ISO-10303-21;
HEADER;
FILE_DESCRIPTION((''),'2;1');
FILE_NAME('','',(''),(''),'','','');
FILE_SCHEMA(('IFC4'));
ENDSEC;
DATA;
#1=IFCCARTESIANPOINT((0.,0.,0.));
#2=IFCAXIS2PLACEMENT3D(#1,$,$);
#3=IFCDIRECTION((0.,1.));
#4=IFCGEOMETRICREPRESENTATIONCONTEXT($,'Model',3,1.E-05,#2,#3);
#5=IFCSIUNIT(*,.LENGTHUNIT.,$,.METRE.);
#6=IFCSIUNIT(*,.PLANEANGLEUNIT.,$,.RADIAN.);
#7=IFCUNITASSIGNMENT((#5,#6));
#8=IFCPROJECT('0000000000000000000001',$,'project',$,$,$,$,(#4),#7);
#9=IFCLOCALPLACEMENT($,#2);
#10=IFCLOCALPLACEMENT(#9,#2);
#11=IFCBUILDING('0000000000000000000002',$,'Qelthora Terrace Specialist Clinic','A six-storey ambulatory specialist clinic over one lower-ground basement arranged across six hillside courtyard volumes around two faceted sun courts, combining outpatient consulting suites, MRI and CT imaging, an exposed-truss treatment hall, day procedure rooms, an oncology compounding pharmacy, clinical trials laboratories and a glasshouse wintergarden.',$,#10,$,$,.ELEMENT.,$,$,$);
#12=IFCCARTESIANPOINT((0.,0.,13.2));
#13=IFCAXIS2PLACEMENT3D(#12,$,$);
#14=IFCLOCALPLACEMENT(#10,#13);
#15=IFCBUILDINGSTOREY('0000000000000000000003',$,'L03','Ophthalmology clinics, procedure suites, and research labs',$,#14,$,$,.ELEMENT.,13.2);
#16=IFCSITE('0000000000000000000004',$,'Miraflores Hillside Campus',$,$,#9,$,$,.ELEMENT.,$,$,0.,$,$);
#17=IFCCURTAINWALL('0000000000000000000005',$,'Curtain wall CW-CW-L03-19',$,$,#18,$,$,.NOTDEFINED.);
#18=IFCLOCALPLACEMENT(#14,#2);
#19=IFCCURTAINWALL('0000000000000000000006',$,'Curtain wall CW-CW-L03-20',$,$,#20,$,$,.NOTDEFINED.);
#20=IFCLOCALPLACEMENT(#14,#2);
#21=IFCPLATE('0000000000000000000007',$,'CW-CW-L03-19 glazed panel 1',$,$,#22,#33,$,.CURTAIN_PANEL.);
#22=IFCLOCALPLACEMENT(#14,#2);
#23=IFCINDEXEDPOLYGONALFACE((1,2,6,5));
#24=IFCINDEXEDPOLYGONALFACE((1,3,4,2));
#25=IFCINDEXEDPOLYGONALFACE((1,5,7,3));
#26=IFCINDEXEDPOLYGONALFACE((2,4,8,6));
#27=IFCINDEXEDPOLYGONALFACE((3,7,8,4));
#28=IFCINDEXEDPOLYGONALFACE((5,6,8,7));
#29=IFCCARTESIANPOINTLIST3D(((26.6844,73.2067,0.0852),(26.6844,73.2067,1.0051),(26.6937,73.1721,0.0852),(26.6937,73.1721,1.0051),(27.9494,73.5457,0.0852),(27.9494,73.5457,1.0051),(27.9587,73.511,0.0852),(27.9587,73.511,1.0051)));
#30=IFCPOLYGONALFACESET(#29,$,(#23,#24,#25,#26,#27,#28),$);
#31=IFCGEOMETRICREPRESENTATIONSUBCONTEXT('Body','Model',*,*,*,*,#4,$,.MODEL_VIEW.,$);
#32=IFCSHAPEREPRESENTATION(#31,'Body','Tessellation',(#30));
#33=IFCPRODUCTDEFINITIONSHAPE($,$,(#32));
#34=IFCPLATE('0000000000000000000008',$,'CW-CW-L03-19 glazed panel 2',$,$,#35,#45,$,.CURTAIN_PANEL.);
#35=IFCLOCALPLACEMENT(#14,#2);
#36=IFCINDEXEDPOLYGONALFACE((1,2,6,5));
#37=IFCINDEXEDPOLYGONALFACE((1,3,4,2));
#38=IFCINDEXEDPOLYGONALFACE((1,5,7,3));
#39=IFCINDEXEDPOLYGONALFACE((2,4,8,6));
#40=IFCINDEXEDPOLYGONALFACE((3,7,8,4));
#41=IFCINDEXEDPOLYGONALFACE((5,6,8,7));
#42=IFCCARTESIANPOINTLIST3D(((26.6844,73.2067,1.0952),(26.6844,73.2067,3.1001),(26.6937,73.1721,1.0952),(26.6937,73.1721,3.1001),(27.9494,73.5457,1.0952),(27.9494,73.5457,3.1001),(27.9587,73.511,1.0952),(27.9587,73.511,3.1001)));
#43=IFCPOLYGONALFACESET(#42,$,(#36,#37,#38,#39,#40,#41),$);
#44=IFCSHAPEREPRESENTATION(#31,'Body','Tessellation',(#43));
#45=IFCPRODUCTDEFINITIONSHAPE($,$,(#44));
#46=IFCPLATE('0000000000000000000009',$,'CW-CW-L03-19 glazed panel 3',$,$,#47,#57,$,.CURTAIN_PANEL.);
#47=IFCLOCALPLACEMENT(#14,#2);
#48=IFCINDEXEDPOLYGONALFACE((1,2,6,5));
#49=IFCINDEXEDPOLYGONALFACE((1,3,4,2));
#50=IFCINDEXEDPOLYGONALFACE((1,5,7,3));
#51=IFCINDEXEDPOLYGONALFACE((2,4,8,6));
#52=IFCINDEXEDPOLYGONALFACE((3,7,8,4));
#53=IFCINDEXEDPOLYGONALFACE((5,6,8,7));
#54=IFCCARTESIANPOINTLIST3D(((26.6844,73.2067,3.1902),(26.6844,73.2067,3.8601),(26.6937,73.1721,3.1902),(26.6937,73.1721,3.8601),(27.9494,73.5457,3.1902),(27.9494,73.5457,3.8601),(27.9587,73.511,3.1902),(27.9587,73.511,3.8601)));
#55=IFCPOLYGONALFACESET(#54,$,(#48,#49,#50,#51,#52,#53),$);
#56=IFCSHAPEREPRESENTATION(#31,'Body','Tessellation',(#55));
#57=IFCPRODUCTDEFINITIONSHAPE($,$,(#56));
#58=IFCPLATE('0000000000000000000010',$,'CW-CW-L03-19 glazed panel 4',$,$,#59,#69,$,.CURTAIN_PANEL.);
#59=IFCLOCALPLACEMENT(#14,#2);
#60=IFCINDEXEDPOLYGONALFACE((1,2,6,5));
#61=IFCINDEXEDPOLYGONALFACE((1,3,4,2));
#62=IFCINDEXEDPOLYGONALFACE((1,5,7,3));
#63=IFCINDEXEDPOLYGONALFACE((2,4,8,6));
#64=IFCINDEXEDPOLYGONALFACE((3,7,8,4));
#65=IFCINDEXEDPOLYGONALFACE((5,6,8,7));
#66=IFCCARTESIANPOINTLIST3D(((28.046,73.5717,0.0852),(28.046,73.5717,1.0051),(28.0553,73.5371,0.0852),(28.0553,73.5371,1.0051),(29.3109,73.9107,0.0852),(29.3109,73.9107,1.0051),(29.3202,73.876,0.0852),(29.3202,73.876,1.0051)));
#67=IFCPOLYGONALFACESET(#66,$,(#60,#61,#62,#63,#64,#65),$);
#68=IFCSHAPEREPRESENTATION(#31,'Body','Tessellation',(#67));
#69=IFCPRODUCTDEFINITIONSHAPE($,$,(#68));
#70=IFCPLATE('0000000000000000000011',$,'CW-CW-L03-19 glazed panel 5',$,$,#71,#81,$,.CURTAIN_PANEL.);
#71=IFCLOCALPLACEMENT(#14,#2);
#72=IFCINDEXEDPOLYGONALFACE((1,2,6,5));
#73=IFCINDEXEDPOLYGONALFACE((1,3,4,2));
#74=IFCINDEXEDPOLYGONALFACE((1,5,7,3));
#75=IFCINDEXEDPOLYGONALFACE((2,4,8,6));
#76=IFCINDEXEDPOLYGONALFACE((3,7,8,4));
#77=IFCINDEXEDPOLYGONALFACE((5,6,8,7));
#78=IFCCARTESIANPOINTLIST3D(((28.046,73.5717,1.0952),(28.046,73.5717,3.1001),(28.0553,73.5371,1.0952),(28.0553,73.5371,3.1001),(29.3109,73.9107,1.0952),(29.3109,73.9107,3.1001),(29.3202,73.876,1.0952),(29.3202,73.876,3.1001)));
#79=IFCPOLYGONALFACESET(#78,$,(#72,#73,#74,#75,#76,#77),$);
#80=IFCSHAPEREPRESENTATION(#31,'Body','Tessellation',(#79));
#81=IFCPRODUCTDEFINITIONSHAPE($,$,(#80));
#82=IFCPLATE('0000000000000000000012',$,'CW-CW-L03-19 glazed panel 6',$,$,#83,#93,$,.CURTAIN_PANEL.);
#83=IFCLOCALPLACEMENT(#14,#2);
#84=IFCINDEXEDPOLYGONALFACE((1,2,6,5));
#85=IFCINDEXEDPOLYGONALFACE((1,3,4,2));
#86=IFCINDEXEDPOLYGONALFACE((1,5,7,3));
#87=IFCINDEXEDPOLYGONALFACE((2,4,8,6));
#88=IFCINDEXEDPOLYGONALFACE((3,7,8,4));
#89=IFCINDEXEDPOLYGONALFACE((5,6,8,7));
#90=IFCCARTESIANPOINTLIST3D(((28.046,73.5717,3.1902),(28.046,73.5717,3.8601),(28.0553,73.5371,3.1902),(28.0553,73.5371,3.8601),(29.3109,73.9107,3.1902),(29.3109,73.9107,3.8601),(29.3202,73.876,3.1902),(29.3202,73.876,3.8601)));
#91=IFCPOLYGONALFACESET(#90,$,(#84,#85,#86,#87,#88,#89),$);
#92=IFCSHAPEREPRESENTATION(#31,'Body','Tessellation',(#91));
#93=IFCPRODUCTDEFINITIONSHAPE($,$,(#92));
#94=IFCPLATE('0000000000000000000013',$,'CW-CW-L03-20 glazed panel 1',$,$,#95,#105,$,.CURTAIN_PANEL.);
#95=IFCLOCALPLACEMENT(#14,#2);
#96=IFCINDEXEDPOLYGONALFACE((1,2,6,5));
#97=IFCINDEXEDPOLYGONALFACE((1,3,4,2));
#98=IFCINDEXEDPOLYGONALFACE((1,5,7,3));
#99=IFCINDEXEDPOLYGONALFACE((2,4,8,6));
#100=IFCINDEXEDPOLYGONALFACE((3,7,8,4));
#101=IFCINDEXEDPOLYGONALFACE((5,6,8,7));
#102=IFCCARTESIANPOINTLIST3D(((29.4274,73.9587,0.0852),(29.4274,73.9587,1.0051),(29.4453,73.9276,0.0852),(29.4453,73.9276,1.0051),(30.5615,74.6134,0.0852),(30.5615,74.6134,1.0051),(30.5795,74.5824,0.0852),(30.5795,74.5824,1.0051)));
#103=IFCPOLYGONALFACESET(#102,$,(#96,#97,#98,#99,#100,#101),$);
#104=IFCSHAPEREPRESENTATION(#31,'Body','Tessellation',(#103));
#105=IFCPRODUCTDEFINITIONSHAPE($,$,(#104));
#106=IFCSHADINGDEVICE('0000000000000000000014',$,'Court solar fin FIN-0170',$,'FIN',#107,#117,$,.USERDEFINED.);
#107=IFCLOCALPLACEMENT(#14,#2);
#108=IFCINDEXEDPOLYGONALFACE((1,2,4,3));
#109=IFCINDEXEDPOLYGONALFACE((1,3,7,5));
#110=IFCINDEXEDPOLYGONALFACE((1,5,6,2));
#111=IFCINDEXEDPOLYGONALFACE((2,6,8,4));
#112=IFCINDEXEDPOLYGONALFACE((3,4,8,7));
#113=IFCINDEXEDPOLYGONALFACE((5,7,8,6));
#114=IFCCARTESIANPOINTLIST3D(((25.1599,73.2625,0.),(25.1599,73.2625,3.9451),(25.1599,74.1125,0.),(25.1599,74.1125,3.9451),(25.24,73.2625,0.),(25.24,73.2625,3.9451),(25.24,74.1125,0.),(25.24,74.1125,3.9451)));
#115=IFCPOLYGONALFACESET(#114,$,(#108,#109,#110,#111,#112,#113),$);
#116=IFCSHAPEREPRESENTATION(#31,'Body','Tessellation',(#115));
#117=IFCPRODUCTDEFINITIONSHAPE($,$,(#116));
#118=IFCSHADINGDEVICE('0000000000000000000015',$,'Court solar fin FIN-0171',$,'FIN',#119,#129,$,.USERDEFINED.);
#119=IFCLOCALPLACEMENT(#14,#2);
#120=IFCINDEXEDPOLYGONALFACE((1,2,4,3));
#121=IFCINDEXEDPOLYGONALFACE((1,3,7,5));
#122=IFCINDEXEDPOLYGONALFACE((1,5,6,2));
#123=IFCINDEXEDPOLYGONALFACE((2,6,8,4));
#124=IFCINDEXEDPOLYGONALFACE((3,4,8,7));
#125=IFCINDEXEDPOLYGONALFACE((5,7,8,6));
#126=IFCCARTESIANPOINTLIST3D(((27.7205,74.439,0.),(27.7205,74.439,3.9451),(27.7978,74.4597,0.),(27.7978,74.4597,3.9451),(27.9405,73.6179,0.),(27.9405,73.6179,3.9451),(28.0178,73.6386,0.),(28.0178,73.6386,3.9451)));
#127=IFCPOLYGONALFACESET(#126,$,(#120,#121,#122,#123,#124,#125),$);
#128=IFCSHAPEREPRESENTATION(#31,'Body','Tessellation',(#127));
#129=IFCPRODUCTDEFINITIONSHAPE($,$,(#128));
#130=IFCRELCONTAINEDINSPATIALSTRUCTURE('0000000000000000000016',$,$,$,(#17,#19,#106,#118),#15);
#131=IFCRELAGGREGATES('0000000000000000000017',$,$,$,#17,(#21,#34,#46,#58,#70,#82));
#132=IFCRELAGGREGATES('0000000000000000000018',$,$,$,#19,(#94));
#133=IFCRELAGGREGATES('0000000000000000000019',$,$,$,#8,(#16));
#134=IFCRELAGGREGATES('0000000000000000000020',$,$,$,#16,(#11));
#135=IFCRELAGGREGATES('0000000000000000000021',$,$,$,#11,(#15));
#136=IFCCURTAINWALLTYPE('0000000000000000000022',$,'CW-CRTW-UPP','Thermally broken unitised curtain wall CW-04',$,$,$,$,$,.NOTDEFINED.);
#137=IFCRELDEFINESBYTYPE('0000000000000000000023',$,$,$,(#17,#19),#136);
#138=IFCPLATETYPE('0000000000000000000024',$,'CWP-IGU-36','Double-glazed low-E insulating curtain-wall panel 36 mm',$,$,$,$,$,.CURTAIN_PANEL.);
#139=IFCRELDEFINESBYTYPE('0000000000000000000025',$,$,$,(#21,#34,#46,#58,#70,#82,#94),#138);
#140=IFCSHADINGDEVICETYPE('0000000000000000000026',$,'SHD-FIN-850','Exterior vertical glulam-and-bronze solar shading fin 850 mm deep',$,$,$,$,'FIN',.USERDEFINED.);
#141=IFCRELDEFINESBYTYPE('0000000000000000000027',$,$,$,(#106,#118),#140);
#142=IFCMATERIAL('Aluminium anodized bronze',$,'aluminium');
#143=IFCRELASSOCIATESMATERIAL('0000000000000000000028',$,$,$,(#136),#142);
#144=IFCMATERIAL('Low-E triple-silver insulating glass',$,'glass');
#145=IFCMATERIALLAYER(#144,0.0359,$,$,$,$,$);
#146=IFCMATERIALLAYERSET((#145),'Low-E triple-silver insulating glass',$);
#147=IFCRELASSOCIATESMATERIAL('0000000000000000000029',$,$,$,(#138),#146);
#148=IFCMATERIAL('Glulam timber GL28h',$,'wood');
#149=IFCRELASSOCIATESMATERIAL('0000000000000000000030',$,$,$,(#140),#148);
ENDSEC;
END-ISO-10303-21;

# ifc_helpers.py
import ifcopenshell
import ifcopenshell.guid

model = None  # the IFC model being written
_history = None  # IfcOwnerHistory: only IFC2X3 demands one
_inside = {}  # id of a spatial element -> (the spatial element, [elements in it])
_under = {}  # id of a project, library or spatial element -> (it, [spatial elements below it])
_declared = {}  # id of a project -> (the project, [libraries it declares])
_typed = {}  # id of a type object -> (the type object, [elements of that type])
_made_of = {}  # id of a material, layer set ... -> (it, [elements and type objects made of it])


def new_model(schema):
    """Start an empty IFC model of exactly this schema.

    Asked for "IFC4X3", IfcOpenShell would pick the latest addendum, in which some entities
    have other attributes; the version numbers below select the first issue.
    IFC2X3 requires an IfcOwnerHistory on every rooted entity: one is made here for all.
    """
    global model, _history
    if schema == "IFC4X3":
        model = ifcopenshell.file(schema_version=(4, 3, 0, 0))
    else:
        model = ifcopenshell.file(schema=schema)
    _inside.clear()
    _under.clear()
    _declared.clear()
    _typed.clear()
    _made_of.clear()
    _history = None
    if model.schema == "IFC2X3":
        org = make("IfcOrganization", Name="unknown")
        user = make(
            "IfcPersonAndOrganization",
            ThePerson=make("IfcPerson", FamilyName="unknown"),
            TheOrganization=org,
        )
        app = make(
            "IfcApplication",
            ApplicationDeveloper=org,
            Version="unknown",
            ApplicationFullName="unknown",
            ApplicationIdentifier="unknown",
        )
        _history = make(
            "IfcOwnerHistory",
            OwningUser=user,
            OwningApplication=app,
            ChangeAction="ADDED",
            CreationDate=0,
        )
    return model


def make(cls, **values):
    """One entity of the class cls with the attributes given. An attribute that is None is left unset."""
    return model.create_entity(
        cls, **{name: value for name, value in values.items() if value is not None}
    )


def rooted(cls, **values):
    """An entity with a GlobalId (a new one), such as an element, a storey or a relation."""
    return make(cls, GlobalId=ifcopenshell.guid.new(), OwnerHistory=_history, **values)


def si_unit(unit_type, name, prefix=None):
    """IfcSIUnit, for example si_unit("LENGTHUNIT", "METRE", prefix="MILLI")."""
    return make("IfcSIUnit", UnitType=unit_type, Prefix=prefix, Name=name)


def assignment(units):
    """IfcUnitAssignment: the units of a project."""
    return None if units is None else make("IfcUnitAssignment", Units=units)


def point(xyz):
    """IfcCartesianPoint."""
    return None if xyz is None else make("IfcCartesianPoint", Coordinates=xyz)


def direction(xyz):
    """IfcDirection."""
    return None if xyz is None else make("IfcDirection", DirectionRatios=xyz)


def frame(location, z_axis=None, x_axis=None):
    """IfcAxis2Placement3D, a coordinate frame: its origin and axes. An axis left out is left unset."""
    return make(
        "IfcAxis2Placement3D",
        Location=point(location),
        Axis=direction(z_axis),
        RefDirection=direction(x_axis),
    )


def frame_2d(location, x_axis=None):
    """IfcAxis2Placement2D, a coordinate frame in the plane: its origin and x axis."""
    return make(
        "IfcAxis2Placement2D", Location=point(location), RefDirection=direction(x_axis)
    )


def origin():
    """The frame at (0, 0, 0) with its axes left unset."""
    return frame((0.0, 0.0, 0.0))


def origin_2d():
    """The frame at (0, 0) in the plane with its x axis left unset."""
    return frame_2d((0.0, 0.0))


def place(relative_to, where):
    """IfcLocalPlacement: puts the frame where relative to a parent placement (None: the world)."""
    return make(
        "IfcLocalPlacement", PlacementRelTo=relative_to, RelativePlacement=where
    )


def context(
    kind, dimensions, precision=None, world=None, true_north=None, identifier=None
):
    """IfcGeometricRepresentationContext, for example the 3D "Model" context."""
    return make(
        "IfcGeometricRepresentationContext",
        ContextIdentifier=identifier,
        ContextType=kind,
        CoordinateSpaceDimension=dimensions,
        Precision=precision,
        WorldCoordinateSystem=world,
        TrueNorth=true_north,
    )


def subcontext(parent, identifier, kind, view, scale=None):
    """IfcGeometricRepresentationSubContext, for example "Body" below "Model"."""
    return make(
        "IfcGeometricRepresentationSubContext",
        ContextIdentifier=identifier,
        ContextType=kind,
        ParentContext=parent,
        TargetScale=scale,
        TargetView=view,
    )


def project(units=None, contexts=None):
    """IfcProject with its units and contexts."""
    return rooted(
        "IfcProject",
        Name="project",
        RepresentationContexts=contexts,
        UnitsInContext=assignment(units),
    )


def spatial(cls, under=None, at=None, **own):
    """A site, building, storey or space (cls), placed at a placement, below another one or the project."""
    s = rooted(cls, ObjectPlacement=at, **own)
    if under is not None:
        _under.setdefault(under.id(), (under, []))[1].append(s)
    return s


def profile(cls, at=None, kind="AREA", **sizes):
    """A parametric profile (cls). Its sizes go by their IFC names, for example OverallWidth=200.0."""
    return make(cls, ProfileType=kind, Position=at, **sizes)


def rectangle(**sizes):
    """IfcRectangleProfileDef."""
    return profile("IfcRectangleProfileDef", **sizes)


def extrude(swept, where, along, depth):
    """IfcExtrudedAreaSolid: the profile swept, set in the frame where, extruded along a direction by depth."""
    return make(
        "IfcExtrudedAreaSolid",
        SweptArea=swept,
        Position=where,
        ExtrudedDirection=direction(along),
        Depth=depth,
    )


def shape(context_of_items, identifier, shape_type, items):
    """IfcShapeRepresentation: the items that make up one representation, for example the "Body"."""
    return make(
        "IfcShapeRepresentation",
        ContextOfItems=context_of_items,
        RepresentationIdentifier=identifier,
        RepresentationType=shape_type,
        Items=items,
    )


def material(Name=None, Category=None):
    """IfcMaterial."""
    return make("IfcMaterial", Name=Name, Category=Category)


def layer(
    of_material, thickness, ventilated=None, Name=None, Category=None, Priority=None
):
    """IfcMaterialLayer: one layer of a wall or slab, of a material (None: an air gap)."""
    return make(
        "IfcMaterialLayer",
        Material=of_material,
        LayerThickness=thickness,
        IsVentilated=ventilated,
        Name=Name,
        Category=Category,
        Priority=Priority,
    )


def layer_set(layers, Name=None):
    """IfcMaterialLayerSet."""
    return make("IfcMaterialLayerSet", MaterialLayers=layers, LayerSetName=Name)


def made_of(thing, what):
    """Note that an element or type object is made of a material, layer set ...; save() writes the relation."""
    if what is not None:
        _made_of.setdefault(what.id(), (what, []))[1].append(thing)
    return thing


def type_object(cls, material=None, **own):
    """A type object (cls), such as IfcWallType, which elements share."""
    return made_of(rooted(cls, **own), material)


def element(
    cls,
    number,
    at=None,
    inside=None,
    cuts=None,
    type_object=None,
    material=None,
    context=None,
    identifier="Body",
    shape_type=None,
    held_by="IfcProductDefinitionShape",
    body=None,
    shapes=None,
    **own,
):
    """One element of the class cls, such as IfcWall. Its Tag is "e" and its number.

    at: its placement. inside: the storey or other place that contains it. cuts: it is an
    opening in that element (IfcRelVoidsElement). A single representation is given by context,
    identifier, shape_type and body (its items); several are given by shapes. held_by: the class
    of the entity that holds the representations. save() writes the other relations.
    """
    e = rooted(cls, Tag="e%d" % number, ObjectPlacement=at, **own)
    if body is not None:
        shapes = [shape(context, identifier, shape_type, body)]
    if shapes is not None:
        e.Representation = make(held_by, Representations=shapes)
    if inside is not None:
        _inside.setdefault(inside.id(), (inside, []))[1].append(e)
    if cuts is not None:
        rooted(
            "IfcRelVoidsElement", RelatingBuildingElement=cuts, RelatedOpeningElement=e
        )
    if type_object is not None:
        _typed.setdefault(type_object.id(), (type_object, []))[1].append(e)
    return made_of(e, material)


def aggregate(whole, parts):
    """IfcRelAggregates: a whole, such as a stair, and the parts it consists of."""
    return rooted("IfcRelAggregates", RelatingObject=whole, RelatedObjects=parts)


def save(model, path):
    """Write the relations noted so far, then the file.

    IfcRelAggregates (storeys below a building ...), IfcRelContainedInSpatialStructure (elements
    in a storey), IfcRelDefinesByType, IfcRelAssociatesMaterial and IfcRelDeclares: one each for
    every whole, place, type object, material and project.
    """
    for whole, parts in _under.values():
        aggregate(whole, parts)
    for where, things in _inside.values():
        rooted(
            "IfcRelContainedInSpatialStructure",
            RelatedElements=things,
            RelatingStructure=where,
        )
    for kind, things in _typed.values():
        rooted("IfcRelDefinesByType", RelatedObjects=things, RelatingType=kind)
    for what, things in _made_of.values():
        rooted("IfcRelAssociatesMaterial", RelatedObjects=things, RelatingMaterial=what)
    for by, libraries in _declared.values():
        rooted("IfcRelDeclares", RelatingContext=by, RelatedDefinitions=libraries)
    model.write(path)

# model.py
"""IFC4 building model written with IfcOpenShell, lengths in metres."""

from ifc_helpers import new_model, si_unit, direction, frame, origin, origin_2d, place, context, subcontext, project, spatial, rectangle, extrude, material, layer, layer_set, type_object, element, aggregate, save


model = new_model("IFC4")

# Units and contexts
model_context = context("Model", 3, precision=1e-05, world=origin(), true_north=direction((0.0, 1.0)))
body_context = subcontext(model_context, "Body", "Model", "MODEL_VIEW")
ifc_project = project(units=[si_unit("LENGTHUNIT", "METRE"), si_unit("PLANEANGLEUNIT", "RADIAN")], contexts=[model_context])

# Site, building, storey
site_placement = place(None, origin())
site = spatial("IfcSite", under=ifc_project, at=site_placement, Name="Miraflores Hillside Campus", CompositionType="ELEMENT", RefElevation=0.0)
building_placement = place(site_placement, origin())
building = spatial("IfcBuilding", under=site, at=building_placement, Name="Qelthora Terrace Specialist Clinic", Description="A six-storey ambulatory specialist clinic over one lower-ground basement arranged across six hillside courtyard volumes around two faceted sun courts, combining outpatient consulting suites, MRI and CT imaging, an exposed-truss treatment hall, day procedure rooms, an oncology compounding pharmacy, clinical trials laboratories and a glasshouse wintergarden.", CompositionType="ELEMENT")
storey_placement = place(building_placement, frame((0.0, 0.0, 13.2)))
storey = spatial("IfcBuildingStorey", under=building, at=storey_placement, Name="L03", Description="Ophthalmology clinics, procedure suites, and research labs", CompositionType="ELEMENT", Elevation=13.2)

# Curtain wall
ifc_material_1 = material(Name="Aluminium anodized bronze", Category="aluminium")
curtain_wall_type = type_object("IfcCurtainWallType", Name="CW-CRTW-UPP", Description="Thermally broken unitised curtain wall CW-04", PredefinedType="NOTDEFINED", material=ifc_material_1)
curtain_wall_1_placement = place(storey_placement, origin())
curtain_wall_1 = element("IfcCurtainWall", 1, at=curtain_wall_1_placement, inside=storey, type_object=curtain_wall_type, Name="Curtain wall CW-CW-L03-19", PredefinedType="NOTDEFINED")

# Curtain wall
curtain_wall_2_placement = place(storey_placement, origin())
curtain_wall_2 = element("IfcCurtainWall", 2, at=curtain_wall_2_placement, inside=storey, type_object=curtain_wall_type, Name="Curtain wall CW-CW-L03-20", PredefinedType="NOTDEFINED")

# Shared definitions
ifc_material_2 = material(Name="Low-E triple-silver insulating glass", Category="glass")
ifc_layer = layer(ifc_material_2, 0.0359)
ifc_layer_set = layer_set([ifc_layer], Name="Low-E triple-silver insulating glass")
plate_type = type_object("IfcPlateType", Name="CWP-IGU-36", Description="Double-glazed low-E insulating curtain-wall panel 36 mm", PredefinedType="CURTAIN_PANEL", material=ifc_layer_set)

# Plates
plate_1_placement = place(storey_placement, frame((27.3215, 73.3589, 0.0852), z_axis=(0.0, 0.0, 1.0), x_axis=(0.965925, 0.258821, 0.0)))
plate_1 = element("IfcPlate", 3, at=plate_1_placement, type_object=plate_type, Name="CW-CW-L03-19 glazed panel 1", PredefinedType="CURTAIN_PANEL", context=body_context, shape_type="SweptSolid", body=[
    extrude(rectangle(XDim=1.3096, YDim=0.0359, at=origin_2d()), origin(), (0.0, 0.0, 1.0), 0.9199),
])
plate_2_placement = place(storey_placement, frame((27.3215, 73.3589, 1.0952), z_axis=(0.0, 0.0, 1.0), x_axis=(0.965925, 0.258821, 0.0)))
plate_2 = element("IfcPlate", 4, at=plate_2_placement, type_object=plate_type, Name="CW-CW-L03-19 glazed panel 2", PredefinedType="CURTAIN_PANEL", context=body_context, shape_type="SweptSolid", body=[
    extrude(rectangle(XDim=1.3096, YDim=0.0359, at=origin_2d()), origin(), (0.0, 0.0, 1.0), 2.0049),
])
plate_3_placement = place(storey_placement, frame((27.3215, 73.3589, 3.1902), z_axis=(0.0, 0.0, 1.0), x_axis=(0.965925, 0.258821, 0.0)))
plate_3 = element("IfcPlate", 5, at=plate_3_placement, type_object=plate_type, Name="CW-CW-L03-19 glazed panel 3", PredefinedType="CURTAIN_PANEL", context=body_context, shape_type="SweptSolid", body=[
    extrude(rectangle(XDim=1.3096, YDim=0.0359, at=origin_2d()), origin(), (0.0, 0.0, 1.0), 0.6699),
])
plate_4_placement = place(storey_placement, frame((28.6831, 73.7239, 0.0852), z_axis=(0.0, 0.0, 1.0), x_axis=(0.965925, 0.258821, 0.0)))
plate_4 = element("IfcPlate", 6, at=plate_4_placement, type_object=plate_type, Name="CW-CW-L03-19 glazed panel 4", PredefinedType="CURTAIN_PANEL", context=body_context, shape_type="SweptSolid", body=[
    extrude(rectangle(XDim=1.3096, YDim=0.0359, at=origin_2d()), origin(), (0.0, 0.0, 1.0), 0.9199),
])
plate_5_placement = place(storey_placement, frame((28.6831, 73.7239, 1.0952), z_axis=(0.0, 0.0, 1.0), x_axis=(0.965925, 0.258821, 0.0)))
plate_5 = element("IfcPlate", 7, at=plate_5_placement, type_object=plate_type, Name="CW-CW-L03-19 glazed panel 5", PredefinedType="CURTAIN_PANEL", context=body_context, shape_type="SweptSolid", body=[
    extrude(rectangle(XDim=1.3096, YDim=0.0359, at=origin_2d()), origin(), (0.0, 0.0, 1.0), 2.0049),
])
plate_6_placement = place(storey_placement, frame((28.6831, 73.7239, 3.1902), z_axis=(0.0, 0.0, 1.0), x_axis=(0.965925, 0.258821, 0.0)))
plate_6 = element("IfcPlate", 8, at=plate_6_placement, type_object=plate_type, Name="CW-CW-L03-19 glazed panel 6", PredefinedType="CURTAIN_PANEL", context=body_context, shape_type="SweptSolid", body=[
    extrude(rectangle(XDim=1.3096, YDim=0.0359, at=origin_2d()), origin(), (0.0, 0.0, 1.0), 0.6699),
])
aggregate(curtain_wall_1, [plate_1, plate_2, plate_3, plate_4, plate_5, plate_6])
plate_7_placement = place(storey_placement, frame((30.0034, 74.2705, 0.0852), z_axis=(0.0, 0.0, 1.0), x_axis=(0.866025, 0.5, 0.0)))
plate_7 = element("IfcPlate", 9, at=plate_7_placement, type_object=plate_type, Name="CW-CW-L03-20 glazed panel 1", PredefinedType="CURTAIN_PANEL", context=body_context, shape_type="SweptSolid", body=[
    extrude(rectangle(XDim=1.3096, YDim=0.0359, at=origin_2d()), origin(), (0.0, 0.0, 1.0), 0.9199),
])
aggregate(curtain_wall_2, [plate_7])

# Shading devices
ifc_material_3 = material(Name="Glulam timber GL28h", Category="wood")
shading_device_type = type_object("IfcShadingDeviceType", Name="SHD-FIN-850", Description="Exterior vertical glulam-and-bronze solar shading fin 850 mm deep", ElementType="FIN", PredefinedType="USERDEFINED", material=ifc_material_3)
for number, where, z_axis, x_axis, name in (
    (10, (25.2, 73.6875, 0.0), (0.0, 0.0, 1.0), (0.0, 1.0, 0.0), "Court solar fin FIN-0170"),
    (11, (27.8691, 74.0388, 0.0), (0.0, 0.0, 1.0), (-0.258819, 0.965926, 0.0), "Court solar fin FIN-0171"),
):
    element("IfcShadingDevice", number, at=place(storey_placement, frame(where, z_axis=z_axis, x_axis=x_axis)), inside=storey, type_object=shading_device_type, Name=name, ObjectType="FIN", PredefinedType="USERDEFINED", context=body_context, shape_type="SweptSolid", body=[
        extrude(rectangle(XDim=0.8501, YDim=0.0801, at=origin_2d()), origin(), (0.0, 0.0, 1.0), 3.9451),
    ])

save(model, "model.ifc")
